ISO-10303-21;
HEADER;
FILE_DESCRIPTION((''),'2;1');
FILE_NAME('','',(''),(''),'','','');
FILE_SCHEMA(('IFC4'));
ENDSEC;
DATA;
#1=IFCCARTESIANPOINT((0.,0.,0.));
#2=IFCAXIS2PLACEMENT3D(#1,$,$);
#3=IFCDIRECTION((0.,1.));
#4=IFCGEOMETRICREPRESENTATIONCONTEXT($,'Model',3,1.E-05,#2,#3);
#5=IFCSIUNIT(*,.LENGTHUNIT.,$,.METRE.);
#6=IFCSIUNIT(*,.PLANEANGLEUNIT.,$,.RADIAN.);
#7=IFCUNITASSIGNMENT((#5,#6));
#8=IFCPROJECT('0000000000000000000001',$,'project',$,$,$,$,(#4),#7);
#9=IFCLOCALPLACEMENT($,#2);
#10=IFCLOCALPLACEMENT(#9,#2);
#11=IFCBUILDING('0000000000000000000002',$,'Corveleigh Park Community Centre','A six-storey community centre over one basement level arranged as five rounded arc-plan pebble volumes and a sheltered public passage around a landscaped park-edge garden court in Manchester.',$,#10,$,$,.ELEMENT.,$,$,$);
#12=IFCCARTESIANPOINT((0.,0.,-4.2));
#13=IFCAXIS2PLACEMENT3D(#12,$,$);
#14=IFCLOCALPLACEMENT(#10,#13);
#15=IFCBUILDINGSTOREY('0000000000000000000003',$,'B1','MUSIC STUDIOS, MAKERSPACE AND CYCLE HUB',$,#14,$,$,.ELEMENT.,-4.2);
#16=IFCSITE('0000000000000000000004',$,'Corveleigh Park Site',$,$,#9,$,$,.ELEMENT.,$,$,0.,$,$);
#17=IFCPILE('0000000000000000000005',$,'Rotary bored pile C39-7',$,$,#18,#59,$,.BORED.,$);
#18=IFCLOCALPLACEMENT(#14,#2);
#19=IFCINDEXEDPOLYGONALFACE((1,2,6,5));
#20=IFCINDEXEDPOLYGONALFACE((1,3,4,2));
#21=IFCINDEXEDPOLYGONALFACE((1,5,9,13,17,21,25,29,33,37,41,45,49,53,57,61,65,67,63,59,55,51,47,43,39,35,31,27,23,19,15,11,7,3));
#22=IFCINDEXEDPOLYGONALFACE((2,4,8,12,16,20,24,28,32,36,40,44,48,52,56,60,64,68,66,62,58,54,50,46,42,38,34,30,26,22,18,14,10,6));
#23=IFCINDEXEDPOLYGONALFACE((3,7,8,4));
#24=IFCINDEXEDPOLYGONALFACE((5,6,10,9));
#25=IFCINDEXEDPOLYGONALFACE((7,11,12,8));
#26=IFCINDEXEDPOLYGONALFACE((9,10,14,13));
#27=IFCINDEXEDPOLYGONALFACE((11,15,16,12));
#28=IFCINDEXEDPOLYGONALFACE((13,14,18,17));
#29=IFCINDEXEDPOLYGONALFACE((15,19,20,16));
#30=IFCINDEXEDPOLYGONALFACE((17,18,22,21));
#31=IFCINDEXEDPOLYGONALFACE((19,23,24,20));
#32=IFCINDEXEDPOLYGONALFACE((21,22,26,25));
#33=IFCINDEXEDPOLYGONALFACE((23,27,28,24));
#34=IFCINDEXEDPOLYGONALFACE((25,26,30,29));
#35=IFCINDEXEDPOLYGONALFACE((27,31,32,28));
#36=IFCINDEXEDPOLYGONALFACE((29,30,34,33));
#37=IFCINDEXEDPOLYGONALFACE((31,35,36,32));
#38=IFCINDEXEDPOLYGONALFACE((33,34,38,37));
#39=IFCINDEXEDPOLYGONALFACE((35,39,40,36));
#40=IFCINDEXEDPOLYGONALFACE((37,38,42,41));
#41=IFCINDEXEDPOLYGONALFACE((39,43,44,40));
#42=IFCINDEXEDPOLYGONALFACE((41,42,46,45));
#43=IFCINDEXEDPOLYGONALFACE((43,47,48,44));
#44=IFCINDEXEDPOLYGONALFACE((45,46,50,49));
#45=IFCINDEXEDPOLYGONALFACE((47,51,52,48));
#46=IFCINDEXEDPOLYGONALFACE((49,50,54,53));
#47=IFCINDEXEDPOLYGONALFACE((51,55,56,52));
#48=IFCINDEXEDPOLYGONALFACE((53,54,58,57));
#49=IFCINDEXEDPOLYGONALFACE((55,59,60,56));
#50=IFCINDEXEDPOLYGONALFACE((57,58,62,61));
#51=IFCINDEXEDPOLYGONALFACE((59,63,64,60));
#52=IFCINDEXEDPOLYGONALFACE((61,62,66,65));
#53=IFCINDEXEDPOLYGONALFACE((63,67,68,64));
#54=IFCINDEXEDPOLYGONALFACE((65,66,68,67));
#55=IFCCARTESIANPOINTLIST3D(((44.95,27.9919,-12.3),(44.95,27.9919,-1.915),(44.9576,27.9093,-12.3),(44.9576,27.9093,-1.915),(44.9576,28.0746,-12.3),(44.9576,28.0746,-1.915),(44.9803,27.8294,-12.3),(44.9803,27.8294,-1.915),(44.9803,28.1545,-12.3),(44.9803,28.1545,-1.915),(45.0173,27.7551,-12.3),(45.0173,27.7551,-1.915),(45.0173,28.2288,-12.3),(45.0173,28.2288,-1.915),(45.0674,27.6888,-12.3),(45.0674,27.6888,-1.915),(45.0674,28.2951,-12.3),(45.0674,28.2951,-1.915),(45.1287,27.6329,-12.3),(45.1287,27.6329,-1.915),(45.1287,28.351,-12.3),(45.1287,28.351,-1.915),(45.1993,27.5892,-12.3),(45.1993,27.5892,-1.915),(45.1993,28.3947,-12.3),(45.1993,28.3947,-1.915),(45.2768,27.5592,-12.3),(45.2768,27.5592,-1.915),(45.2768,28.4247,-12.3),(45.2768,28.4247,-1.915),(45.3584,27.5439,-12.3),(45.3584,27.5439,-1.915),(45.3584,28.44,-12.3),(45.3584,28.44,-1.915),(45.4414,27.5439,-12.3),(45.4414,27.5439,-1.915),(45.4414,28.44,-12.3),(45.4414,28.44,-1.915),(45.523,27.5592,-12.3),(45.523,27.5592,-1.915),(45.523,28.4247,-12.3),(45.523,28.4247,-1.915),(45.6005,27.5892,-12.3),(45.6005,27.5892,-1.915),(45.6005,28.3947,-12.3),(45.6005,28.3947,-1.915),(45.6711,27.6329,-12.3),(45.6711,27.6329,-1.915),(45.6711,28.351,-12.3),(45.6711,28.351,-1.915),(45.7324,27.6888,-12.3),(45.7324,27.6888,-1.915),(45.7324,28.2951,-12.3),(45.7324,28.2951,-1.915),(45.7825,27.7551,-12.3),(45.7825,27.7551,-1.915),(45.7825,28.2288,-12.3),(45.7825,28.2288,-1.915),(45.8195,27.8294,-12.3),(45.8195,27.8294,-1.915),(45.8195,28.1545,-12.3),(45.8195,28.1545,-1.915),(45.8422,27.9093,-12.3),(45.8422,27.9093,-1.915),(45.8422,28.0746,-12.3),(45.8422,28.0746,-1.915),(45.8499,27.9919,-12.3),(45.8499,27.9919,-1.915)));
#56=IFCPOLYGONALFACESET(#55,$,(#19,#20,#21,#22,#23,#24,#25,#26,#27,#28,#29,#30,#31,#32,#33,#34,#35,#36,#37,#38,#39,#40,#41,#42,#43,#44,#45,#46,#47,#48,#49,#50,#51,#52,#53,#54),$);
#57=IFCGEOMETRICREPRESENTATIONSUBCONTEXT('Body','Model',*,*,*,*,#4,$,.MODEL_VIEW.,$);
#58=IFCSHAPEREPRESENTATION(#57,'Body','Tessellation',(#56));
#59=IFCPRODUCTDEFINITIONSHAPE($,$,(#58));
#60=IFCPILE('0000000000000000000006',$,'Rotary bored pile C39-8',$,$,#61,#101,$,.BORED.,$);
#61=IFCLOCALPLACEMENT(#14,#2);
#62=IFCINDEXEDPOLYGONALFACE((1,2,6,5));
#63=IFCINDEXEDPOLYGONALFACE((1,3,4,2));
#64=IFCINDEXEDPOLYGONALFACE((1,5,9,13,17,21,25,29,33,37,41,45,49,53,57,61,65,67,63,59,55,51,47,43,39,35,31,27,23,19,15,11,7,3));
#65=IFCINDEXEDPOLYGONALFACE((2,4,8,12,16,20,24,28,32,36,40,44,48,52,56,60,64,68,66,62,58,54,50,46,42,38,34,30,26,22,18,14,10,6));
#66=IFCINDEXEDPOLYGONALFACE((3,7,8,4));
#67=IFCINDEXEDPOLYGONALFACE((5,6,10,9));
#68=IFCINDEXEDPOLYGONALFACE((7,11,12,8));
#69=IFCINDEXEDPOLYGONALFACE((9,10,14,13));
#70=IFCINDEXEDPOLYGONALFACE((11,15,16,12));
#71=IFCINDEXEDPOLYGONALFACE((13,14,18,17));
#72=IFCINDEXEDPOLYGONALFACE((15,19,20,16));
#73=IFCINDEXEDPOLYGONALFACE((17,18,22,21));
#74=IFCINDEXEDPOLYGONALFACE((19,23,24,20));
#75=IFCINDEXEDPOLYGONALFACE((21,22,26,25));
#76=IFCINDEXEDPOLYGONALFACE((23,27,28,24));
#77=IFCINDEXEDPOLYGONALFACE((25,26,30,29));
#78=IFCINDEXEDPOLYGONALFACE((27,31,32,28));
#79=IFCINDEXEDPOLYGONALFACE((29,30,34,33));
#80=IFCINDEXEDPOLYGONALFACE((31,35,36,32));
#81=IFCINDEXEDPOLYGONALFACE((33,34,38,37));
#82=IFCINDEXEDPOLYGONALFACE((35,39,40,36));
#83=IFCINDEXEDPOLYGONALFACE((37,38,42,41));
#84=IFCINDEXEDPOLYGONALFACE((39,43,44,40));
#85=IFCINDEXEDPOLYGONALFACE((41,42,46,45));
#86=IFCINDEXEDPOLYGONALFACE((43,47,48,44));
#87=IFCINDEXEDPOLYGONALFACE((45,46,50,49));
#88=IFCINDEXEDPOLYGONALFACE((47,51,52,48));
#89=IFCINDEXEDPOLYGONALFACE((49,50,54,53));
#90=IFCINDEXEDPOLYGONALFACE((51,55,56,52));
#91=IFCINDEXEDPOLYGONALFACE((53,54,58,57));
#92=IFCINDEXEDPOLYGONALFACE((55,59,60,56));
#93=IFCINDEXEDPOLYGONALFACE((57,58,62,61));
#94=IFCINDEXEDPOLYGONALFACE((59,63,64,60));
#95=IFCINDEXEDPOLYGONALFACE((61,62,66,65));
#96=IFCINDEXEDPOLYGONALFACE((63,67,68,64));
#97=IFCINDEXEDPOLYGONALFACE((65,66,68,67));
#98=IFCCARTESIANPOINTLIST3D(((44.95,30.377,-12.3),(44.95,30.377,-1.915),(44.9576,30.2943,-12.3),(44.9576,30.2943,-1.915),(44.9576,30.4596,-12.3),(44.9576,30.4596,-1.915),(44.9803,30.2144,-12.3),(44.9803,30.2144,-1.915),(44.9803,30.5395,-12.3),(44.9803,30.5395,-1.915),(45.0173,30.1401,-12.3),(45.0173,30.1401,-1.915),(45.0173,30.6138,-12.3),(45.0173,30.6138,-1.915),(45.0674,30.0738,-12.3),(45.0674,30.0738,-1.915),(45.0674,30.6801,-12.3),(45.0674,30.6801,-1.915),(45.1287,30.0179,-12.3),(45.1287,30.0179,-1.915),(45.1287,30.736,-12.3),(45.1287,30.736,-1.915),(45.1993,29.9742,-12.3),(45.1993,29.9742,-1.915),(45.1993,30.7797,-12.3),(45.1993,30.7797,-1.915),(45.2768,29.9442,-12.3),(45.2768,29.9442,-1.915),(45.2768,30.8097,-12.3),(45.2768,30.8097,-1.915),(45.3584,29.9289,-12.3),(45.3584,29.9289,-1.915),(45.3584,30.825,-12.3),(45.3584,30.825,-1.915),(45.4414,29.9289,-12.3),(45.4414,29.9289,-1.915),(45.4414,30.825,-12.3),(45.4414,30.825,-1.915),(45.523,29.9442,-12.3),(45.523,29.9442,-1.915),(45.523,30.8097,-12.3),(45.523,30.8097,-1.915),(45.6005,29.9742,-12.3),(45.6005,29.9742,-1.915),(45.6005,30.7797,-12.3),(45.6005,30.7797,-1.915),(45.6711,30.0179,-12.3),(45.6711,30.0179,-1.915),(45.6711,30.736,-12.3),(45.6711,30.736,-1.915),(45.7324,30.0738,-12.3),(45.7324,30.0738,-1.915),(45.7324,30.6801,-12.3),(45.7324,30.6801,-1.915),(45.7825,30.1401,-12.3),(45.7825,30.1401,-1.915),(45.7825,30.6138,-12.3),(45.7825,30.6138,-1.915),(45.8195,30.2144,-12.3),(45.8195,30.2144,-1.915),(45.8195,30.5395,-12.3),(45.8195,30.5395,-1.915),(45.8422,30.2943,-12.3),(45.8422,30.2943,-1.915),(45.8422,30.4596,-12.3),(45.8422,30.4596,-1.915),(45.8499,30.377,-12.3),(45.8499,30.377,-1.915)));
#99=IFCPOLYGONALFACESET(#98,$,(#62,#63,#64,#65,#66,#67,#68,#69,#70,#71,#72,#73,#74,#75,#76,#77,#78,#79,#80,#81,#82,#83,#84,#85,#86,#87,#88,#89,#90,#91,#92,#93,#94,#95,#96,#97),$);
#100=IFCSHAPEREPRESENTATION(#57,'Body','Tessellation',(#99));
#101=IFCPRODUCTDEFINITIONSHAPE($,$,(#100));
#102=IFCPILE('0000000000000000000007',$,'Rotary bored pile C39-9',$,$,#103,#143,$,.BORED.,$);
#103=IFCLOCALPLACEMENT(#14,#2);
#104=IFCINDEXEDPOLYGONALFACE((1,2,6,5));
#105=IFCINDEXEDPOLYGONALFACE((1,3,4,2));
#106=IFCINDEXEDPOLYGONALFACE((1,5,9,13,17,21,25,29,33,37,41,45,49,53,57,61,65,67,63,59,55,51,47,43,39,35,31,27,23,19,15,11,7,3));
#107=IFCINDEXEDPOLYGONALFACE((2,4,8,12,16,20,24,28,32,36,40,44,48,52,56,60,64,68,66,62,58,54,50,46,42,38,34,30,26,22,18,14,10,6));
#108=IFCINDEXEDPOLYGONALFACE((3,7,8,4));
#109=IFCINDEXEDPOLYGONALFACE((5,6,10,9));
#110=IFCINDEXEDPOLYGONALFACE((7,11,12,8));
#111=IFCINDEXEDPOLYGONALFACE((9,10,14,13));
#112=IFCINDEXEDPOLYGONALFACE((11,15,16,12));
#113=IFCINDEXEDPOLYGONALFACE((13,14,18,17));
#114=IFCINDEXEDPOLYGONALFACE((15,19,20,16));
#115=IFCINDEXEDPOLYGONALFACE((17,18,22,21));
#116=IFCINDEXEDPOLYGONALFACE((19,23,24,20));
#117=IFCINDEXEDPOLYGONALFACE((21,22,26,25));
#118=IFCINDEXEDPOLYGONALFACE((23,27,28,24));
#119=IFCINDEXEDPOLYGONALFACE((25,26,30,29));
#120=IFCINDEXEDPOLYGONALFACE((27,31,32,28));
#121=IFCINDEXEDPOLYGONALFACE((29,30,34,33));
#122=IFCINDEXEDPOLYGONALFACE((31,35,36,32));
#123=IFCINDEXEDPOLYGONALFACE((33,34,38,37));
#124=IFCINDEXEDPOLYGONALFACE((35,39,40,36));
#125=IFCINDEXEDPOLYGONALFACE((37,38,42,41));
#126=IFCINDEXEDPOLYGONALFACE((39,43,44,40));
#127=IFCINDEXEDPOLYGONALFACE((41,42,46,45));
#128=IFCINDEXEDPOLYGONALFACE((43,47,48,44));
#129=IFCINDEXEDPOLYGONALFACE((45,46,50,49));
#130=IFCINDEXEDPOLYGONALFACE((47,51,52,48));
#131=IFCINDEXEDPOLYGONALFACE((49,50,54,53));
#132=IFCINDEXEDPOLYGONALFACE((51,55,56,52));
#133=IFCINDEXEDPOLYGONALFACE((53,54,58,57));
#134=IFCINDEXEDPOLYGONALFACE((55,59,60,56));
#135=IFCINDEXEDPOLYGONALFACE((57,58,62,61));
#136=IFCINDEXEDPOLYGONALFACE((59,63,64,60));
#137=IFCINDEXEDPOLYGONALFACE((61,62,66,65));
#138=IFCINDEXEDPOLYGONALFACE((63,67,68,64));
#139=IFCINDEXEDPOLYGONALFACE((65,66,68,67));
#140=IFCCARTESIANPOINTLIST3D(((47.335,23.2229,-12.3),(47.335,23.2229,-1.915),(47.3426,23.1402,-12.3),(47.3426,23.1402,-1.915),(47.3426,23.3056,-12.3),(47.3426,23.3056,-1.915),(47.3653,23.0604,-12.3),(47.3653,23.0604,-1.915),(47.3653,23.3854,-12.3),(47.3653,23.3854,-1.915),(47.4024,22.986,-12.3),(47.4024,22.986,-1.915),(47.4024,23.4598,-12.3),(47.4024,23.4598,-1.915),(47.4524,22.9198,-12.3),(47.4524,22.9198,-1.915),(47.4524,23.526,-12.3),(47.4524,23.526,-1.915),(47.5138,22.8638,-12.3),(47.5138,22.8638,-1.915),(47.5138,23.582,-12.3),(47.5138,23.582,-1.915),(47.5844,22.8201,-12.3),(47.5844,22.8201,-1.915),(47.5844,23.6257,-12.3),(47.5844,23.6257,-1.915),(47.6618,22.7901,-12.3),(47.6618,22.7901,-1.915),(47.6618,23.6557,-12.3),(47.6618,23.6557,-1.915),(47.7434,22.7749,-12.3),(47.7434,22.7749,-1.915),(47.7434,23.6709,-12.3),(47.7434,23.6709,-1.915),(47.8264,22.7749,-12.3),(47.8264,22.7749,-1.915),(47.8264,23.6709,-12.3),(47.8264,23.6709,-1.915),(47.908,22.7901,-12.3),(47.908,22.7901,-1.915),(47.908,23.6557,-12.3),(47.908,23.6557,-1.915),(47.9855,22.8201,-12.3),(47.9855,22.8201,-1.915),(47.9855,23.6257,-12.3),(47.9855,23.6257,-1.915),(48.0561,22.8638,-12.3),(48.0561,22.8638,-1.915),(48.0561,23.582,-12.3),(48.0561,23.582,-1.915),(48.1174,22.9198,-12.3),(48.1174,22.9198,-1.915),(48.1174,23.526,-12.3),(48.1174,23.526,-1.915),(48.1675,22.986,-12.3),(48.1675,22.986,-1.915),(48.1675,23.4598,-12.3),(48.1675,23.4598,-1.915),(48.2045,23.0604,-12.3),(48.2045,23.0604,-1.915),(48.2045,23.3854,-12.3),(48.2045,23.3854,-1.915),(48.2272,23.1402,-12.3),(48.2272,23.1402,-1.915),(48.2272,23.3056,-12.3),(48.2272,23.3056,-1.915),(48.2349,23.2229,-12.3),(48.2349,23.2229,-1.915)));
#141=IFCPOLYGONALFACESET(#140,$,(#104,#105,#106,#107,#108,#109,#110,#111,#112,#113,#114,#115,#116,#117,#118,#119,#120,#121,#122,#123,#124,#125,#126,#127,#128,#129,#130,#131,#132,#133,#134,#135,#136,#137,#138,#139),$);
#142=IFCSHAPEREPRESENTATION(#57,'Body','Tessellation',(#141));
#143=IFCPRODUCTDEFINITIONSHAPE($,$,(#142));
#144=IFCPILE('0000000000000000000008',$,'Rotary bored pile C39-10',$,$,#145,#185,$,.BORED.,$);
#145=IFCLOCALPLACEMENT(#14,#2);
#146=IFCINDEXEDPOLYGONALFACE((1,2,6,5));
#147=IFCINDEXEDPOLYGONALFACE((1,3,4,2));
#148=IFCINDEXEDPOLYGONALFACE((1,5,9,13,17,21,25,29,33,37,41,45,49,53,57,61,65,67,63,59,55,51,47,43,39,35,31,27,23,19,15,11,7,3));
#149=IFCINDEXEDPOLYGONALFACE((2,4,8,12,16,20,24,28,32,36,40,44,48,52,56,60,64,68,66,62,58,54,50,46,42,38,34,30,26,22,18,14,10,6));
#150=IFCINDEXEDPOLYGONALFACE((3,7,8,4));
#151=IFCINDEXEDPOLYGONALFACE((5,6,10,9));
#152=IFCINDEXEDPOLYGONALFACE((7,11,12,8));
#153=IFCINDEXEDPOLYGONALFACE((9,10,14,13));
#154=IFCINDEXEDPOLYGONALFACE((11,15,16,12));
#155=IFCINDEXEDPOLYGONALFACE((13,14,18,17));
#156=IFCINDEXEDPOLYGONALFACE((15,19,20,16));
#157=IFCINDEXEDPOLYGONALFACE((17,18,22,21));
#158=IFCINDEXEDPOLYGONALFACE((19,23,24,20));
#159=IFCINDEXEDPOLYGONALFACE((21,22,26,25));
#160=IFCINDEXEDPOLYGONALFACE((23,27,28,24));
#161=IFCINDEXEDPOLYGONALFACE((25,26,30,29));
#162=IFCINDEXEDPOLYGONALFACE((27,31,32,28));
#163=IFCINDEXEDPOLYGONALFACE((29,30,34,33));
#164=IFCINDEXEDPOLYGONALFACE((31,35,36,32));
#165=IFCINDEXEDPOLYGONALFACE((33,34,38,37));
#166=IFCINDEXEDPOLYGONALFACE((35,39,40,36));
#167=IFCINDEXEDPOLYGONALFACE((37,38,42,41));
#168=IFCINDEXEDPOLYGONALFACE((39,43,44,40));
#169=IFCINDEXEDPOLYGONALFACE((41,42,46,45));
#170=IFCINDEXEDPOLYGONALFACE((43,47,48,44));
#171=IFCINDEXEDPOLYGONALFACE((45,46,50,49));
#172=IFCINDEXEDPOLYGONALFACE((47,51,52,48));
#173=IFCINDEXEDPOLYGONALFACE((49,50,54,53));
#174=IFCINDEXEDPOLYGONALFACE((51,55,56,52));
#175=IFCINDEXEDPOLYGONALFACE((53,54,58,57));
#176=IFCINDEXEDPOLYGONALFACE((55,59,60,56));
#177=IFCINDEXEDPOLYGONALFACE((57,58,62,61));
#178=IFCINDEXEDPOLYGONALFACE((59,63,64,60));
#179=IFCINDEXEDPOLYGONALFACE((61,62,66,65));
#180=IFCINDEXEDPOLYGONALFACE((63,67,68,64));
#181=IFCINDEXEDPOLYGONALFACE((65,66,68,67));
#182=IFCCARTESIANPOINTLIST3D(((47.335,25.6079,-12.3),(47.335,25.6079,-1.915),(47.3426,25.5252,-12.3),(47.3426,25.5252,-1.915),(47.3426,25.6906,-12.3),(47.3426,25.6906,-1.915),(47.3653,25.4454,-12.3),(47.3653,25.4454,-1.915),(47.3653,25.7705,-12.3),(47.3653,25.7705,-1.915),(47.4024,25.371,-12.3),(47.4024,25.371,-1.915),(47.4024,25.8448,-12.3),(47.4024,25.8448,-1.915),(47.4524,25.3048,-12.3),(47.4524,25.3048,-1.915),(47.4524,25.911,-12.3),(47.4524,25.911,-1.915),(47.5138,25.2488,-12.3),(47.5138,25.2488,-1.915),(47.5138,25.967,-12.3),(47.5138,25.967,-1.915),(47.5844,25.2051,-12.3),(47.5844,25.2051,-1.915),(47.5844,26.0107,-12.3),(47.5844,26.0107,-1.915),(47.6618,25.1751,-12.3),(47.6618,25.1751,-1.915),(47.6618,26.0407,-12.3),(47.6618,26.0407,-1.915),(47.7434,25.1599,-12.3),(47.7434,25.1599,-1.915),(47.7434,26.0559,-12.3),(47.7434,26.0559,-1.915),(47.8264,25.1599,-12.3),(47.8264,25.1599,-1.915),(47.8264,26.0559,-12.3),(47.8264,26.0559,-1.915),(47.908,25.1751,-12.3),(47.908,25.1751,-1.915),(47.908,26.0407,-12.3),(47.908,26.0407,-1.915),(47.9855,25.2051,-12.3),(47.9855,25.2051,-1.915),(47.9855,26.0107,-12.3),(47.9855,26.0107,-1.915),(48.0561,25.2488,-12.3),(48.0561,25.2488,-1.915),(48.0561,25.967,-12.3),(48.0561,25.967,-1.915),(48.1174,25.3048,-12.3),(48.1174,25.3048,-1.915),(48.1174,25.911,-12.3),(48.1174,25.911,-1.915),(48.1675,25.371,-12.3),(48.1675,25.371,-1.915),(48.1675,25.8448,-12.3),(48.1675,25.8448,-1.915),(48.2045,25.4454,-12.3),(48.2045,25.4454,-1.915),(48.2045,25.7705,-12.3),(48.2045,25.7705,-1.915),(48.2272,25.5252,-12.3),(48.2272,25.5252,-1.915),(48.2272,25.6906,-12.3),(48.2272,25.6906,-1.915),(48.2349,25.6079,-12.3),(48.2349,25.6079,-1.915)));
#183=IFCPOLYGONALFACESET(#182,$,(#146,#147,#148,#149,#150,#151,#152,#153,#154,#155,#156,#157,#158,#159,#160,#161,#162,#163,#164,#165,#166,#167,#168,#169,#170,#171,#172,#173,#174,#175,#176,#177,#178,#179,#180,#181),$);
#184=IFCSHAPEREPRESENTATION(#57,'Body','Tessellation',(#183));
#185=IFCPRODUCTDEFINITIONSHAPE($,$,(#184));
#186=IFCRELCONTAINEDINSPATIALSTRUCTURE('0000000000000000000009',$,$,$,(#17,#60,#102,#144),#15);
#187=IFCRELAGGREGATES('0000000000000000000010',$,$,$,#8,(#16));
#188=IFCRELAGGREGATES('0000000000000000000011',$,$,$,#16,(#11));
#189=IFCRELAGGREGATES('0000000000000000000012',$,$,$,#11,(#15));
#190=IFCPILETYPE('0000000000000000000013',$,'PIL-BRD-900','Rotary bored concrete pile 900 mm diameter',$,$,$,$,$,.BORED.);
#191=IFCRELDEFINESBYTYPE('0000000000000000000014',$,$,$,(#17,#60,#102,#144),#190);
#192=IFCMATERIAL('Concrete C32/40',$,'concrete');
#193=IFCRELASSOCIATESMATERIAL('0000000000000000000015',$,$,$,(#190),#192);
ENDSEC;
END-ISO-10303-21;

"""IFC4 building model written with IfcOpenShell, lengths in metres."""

from ifc_helpers import new_model, si_unit, direction, frame, origin, origin_2d, place, context, subcontext, project, spatial, circle, extrude, material, material_profile, profile_set, type_object, element, save


model = new_model("IFC4")

# Units and contexts
model_context = context("Model", 3, precision=1e-05, world=origin(), true_north=direction((0.0, 1.0)))
body_context = subcontext(model_context, "Body", "Model", "MODEL_VIEW")
ifc_project = project(units=[si_unit("LENGTHUNIT", "METRE"), si_unit("PLANEANGLEUNIT", "RADIAN")], contexts=[model_context])

# Site, building, storey
site_placement = place(None, origin())
site = spatial("IfcSite", under=ifc_project, at=site_placement, Name="Corveleigh Park Site", CompositionType="ELEMENT", RefElevation=0.0)
building_placement = place(site_placement, origin())
building = spatial("IfcBuilding", under=site, at=building_placement, Name="Corveleigh Park Community Centre", Description="A six-storey community centre over one basement level arranged as five rounded arc-plan pebble volumes and a sheltered public passage around a landscaped park-edge garden court in Manchester.", CompositionType="ELEMENT")
storey_placement = place(building_placement, frame((0.0, 0.0, -4.2)))
storey = spatial("IfcBuildingStorey", under=building, at=storey_placement, Name="B1", Description="MUSIC STUDIOS, MAKERSPACE AND CYCLE HUB", CompositionType="ELEMENT", Elevation=-4.2)

# Piles
ifc_material_1 = material(Name="Concrete C32/40", Category="concrete")
ifc_material_profile_1 = material_profile(ifc_material_1, circle(Radius=0.45, at=origin_2d()), Name="BORED-PILE-900", Category="concrete")
ifc_profile_set_1 = profile_set([ifc_material_profile_1], Name="Concrete C32/40")
pile_type_1 = type_object("IfcPileType", Name="PIL-BRD-900", Description="Rotary bored concrete pile 900 mm diameter", PredefinedType="BORED", material=ifc_profile_set_1)
for number, where, z_axis, x_axis, name in (
    (1, (45.3999, 27.9919, -1.915), (0.0, 0.0, -1.0), (1.0, 0.0, 0.0), "Rotary bored pile C39-7"),
    (2, (45.3999, 30.377, -1.915), (0.0, 0.0, -1.0), (1.0, 0.0, 0.0), "Rotary bored pile C39-8"),
    (3, (47.7849, 23.2229, -1.915), (0.0, 0.0, -1.0), (1.0, 0.0, 0.0), "Rotary bored pile C39-9"),
    (4, (47.7849, 25.6079, -1.915), (0.0, 0.0, -1.0), (1.0, 0.0, 0.0), "Rotary bored pile C39-10"),
):
    element("IfcPile", number, at=place(storey_placement, frame(where, z_axis=z_axis, x_axis=x_axis)), inside=storey, type_object=pile_type_1, Name=name, PredefinedType="BORED", context=body_context, shape_type="SweptSolid", body=[
        extrude(circle(Radius=0.45, at=origin_2d()), origin(), (0.0, 0.0, 1.0), 10.385),
    ])

save(model, "model.ifc")
